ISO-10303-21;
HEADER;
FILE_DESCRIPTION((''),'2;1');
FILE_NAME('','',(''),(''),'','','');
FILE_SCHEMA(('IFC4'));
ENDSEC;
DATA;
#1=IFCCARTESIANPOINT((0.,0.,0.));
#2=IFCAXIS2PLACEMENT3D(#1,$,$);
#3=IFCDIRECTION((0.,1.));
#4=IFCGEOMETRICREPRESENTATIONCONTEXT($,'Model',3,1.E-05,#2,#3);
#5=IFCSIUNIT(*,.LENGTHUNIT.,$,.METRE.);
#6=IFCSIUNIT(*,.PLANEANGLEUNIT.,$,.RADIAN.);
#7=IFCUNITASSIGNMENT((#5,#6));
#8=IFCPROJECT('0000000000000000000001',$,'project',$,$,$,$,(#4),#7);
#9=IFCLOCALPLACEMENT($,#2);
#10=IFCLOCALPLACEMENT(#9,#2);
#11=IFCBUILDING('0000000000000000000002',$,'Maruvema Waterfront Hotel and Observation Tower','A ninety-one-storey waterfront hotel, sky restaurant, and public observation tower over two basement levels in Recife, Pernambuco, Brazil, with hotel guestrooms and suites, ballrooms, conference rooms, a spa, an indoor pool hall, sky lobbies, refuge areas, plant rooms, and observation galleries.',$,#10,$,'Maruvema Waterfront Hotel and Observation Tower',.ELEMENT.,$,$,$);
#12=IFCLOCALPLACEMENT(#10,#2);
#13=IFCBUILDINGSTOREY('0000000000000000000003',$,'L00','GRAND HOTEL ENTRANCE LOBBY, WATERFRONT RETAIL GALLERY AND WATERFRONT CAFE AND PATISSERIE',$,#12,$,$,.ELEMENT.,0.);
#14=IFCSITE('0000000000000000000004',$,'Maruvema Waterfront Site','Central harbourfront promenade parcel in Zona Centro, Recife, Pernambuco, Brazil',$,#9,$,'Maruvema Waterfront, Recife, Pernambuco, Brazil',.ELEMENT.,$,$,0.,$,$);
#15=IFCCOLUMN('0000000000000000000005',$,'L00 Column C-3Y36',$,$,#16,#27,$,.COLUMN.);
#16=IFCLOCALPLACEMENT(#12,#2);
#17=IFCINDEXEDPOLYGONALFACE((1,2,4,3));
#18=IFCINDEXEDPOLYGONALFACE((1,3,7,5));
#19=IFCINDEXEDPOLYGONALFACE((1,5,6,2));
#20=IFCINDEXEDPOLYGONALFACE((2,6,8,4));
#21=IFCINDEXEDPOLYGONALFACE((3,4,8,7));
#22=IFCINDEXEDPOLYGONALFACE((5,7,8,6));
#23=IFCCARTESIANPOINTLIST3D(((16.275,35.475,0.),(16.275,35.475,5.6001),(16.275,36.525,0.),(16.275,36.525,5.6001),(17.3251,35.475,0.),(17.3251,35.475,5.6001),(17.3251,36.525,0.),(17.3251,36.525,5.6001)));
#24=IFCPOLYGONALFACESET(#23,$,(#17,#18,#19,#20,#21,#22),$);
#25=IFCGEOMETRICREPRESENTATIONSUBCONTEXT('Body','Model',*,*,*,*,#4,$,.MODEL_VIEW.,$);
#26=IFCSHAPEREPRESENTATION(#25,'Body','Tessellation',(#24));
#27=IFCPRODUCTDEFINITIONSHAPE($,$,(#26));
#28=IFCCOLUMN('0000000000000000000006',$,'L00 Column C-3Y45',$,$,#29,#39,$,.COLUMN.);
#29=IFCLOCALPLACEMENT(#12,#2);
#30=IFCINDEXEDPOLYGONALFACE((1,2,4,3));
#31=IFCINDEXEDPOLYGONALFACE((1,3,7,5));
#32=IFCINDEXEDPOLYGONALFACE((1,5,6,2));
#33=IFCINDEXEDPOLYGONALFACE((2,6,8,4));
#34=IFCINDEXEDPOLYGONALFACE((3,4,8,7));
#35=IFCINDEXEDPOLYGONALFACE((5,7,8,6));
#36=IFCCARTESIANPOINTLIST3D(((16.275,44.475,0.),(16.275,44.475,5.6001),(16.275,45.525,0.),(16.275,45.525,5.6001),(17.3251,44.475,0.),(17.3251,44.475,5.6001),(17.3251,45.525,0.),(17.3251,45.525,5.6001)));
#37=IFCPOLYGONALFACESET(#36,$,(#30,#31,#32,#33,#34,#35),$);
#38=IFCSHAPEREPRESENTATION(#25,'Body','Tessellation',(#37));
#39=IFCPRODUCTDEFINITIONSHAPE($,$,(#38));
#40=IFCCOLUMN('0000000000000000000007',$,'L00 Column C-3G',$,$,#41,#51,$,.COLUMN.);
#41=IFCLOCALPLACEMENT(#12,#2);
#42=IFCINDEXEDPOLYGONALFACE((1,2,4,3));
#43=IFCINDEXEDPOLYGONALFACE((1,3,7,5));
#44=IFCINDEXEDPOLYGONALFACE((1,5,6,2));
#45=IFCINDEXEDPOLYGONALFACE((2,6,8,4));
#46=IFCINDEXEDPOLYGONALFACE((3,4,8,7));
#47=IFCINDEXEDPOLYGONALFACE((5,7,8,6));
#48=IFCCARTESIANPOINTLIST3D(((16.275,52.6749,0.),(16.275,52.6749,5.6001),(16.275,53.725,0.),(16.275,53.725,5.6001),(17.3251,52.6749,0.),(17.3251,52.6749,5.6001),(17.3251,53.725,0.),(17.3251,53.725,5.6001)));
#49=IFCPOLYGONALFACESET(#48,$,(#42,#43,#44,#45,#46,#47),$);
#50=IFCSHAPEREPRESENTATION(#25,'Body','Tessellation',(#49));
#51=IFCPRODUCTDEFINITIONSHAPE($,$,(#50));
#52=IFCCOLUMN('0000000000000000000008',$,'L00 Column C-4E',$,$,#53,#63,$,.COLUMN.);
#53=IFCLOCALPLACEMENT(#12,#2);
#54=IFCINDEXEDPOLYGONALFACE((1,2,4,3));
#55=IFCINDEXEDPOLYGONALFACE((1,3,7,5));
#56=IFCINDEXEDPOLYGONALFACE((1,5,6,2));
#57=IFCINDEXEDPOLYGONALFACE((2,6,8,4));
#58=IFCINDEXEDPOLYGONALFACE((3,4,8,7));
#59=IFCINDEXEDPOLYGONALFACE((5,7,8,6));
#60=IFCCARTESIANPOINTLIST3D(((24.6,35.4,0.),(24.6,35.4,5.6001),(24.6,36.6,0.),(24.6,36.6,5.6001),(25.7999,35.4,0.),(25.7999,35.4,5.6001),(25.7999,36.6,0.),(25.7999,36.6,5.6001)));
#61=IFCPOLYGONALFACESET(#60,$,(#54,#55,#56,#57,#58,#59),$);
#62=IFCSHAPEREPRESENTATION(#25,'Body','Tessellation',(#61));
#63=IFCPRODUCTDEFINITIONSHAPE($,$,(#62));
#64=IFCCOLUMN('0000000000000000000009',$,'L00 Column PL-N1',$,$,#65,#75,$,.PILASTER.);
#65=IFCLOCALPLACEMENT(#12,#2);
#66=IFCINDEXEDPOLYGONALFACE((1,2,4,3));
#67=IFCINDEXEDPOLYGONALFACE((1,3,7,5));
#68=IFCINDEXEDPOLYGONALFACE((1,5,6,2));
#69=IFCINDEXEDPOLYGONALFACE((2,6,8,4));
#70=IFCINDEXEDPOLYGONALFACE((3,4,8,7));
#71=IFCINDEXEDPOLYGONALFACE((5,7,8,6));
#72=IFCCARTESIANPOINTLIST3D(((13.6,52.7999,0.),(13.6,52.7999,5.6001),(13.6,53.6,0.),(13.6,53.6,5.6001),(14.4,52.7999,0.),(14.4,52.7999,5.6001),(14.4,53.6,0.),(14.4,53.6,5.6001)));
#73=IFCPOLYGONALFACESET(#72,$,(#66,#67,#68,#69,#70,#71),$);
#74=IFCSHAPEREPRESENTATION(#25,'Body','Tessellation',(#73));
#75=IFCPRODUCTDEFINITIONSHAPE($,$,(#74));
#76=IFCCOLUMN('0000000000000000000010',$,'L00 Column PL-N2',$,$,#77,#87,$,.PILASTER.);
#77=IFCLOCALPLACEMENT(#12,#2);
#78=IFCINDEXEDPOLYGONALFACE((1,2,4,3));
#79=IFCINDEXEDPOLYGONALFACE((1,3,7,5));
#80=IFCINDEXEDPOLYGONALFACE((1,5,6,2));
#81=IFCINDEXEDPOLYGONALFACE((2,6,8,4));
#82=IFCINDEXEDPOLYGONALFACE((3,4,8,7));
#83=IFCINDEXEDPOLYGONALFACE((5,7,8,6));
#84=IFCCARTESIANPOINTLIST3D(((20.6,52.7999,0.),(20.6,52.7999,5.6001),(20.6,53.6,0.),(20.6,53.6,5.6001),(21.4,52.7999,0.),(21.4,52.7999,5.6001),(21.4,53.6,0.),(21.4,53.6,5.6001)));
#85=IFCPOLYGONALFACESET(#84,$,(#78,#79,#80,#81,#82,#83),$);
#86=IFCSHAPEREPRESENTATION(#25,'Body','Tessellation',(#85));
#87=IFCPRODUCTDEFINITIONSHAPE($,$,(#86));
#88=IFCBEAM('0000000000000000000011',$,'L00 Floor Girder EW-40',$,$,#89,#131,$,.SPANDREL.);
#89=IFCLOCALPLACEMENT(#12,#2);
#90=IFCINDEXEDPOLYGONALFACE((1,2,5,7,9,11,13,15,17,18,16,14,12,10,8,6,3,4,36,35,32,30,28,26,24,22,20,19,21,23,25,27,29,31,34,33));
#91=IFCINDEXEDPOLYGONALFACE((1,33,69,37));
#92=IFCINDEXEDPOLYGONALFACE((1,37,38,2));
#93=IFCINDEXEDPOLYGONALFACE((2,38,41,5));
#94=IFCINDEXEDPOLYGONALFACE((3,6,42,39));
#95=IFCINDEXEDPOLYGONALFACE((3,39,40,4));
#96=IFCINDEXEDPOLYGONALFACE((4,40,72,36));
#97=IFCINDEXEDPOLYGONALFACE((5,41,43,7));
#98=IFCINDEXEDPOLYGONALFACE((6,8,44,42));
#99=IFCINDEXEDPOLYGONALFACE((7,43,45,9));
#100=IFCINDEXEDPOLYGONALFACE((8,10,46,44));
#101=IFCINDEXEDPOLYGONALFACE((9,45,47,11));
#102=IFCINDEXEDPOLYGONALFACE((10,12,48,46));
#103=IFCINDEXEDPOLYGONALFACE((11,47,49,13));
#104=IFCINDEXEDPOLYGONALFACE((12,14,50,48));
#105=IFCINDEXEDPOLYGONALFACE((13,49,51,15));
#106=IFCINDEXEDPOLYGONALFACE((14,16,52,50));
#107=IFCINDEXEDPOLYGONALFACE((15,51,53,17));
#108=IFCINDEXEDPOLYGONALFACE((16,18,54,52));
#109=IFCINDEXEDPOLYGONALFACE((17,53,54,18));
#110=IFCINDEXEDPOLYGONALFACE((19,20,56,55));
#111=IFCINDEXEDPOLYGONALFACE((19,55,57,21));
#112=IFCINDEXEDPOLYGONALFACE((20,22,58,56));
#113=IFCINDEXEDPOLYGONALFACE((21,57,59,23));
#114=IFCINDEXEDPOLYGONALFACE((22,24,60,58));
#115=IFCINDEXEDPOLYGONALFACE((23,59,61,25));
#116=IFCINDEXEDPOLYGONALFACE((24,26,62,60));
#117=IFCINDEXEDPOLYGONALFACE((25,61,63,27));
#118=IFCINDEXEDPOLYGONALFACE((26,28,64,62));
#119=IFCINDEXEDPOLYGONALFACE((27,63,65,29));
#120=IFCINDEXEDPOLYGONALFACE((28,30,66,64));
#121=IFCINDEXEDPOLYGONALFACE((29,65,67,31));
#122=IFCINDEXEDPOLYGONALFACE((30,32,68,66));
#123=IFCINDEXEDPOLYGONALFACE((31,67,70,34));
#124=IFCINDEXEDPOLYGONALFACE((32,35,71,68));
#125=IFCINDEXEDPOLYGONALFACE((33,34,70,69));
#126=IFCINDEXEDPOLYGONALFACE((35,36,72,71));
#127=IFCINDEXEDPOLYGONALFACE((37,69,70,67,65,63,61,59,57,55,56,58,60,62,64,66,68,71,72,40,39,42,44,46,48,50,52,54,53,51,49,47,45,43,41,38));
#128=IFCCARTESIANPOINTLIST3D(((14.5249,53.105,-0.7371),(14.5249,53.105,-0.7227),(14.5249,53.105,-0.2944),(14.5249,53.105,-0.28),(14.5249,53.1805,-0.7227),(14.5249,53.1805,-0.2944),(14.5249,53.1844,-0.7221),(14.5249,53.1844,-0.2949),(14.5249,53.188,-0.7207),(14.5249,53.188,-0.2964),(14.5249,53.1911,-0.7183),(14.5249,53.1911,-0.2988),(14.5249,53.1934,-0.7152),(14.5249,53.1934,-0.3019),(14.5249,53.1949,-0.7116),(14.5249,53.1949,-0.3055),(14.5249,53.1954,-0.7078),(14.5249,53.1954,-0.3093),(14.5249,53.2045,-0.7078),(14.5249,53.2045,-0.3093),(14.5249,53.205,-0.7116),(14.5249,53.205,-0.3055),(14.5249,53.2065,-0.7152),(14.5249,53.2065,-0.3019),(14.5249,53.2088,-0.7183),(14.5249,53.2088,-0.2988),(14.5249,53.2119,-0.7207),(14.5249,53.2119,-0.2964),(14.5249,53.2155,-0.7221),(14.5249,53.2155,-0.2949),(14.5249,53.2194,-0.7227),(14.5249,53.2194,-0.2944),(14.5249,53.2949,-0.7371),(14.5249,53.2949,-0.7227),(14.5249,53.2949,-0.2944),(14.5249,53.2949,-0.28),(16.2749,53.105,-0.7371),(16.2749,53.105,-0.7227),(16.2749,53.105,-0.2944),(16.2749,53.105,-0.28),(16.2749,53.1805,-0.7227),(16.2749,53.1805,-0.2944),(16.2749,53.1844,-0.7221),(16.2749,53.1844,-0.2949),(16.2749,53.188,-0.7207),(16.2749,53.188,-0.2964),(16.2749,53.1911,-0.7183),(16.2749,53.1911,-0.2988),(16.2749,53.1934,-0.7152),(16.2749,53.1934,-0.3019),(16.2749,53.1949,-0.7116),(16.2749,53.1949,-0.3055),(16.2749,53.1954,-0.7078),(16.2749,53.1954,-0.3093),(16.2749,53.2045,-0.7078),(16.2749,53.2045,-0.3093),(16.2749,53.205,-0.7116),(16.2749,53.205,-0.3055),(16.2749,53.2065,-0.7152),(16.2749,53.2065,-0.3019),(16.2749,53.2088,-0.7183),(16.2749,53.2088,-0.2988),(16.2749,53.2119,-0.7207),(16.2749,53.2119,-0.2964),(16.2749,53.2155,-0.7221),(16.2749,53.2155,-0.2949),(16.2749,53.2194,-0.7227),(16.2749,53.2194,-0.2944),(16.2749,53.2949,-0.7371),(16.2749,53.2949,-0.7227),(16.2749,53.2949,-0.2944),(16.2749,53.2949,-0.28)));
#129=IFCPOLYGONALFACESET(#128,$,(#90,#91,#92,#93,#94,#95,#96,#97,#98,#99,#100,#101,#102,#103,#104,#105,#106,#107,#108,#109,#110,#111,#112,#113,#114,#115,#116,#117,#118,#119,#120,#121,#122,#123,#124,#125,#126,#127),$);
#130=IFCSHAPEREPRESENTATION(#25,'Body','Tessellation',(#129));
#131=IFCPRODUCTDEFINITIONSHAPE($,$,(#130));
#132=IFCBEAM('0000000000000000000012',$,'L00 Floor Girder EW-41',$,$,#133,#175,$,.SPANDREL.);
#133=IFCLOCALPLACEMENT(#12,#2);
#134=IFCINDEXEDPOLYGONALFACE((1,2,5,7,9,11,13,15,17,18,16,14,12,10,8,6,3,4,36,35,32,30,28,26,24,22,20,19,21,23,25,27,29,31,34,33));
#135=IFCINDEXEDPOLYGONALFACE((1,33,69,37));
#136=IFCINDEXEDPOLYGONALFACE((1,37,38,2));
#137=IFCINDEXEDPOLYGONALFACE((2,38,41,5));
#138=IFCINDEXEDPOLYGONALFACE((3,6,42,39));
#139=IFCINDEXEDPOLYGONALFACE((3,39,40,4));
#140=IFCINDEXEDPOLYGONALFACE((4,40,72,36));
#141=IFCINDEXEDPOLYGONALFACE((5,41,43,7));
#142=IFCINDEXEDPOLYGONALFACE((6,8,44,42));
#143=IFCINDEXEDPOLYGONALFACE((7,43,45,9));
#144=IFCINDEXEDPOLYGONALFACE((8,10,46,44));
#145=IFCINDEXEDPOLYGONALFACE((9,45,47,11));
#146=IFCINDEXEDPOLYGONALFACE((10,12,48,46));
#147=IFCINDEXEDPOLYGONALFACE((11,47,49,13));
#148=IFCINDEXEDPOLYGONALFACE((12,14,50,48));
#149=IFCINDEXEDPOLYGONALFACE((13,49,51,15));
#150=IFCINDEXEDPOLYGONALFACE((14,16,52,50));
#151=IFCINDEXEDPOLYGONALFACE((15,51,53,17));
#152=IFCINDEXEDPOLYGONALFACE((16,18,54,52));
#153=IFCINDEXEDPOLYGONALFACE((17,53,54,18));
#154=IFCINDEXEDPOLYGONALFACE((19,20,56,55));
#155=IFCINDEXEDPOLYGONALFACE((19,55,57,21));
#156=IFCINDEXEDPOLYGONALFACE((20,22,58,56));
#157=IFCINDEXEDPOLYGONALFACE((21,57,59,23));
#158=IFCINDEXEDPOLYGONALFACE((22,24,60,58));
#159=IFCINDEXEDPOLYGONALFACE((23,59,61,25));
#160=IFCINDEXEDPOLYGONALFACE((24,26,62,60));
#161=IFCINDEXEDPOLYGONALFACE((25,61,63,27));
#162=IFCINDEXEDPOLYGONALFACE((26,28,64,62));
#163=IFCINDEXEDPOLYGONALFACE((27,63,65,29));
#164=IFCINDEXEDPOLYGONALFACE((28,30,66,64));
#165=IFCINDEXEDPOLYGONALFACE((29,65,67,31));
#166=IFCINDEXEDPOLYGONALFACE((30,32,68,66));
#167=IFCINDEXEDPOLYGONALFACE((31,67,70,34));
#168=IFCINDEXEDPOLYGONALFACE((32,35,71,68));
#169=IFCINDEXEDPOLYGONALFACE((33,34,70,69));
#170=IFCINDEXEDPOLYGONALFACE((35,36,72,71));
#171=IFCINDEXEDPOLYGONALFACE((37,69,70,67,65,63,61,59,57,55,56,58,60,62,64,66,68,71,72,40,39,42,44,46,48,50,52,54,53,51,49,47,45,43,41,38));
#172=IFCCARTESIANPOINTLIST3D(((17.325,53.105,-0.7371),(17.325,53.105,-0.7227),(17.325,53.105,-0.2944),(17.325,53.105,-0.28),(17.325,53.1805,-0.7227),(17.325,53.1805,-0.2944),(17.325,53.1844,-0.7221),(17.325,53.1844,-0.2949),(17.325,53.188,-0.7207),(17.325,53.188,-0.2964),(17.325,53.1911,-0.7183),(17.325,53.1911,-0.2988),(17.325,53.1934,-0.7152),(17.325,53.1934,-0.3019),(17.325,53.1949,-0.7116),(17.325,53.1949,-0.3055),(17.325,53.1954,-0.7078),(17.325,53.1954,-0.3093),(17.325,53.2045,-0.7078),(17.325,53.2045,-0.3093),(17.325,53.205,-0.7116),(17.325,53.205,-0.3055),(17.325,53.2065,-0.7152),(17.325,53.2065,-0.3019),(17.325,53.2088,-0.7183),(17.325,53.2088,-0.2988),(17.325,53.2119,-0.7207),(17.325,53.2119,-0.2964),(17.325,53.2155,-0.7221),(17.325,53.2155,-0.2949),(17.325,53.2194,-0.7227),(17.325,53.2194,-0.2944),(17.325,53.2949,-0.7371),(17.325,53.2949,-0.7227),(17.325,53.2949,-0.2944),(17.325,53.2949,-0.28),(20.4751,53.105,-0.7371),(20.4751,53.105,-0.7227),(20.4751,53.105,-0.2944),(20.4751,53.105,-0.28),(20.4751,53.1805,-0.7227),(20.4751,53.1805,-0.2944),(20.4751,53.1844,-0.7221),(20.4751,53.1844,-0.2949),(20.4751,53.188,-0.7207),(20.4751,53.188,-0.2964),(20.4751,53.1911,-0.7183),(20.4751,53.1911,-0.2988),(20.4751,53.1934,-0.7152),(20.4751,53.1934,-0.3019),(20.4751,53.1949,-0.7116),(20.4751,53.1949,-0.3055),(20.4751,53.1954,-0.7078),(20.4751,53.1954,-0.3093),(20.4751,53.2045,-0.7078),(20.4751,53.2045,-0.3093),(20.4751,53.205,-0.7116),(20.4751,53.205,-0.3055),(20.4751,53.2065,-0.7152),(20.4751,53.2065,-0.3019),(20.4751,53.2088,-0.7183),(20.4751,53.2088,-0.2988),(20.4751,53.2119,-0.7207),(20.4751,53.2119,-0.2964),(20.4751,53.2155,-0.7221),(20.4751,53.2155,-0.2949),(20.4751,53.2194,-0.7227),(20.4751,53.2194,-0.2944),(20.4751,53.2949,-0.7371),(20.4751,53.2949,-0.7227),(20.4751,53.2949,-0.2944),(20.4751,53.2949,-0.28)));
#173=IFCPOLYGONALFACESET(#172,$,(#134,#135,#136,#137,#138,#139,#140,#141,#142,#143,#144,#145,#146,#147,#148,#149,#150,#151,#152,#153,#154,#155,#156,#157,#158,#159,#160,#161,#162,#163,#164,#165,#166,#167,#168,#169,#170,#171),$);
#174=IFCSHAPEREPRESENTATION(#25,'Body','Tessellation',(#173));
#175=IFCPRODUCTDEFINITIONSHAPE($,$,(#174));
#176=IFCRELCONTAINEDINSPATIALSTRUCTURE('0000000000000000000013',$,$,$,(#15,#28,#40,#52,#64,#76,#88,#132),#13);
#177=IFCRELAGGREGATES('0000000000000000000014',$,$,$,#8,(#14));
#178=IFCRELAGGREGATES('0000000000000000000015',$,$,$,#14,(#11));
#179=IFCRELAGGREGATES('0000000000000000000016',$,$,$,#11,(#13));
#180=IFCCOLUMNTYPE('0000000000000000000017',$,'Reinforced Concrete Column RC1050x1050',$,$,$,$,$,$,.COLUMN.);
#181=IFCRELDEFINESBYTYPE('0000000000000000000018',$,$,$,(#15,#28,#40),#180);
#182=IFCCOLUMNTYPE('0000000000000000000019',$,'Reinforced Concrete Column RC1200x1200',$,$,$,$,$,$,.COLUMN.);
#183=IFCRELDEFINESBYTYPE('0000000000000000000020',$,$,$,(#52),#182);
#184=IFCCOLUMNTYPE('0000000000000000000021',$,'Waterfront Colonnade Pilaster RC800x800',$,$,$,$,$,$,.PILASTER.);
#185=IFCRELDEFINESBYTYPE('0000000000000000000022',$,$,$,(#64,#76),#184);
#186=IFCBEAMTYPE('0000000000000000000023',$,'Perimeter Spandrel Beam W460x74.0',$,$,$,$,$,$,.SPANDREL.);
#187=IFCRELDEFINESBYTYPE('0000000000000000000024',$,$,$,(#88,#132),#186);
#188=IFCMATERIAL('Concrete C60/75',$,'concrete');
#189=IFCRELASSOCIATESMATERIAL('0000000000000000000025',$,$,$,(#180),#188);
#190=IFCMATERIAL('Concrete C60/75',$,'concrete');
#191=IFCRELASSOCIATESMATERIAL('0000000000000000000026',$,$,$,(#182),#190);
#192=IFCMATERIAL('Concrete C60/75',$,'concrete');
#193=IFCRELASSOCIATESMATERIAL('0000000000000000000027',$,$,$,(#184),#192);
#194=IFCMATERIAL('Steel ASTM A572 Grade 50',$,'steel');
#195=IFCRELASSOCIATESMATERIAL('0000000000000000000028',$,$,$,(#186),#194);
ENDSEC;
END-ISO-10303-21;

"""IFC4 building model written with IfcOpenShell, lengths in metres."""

from ifc_helpers import new_model, si_unit, direction, frame, origin, origin_2d, place, context, subcontext, project, spatial, rectangle, i_section, extrude, material, material_profile, profile_set, type_object, element, save


model = new_model("IFC4")

# Units and contexts
model_context = context("Model", 3, precision=1e-05, world=origin(), true_north=direction((0.0, 1.0)))
body_context = subcontext(model_context, "Body", "Model", "MODEL_VIEW")
ifc_project = project(units=[si_unit("LENGTHUNIT", "METRE"), si_unit("PLANEANGLEUNIT", "RADIAN")], contexts=[model_context])

# Site, building, storey
site_placement = place(None, origin())
site = spatial("IfcSite", under=ifc_project, at=site_placement, Name="Maruvema Waterfront Site", Description="Central harbourfront promenade parcel in Zona Centro, Recife, Pernambuco, Brazil", LongName="Maruvema Waterfront, Recife, Pernambuco, Brazil", CompositionType="ELEMENT", RefElevation=0.0)
building_placement = place(site_placement, origin())
building = spatial("IfcBuilding", under=site, at=building_placement, Name="Maruvema Waterfront Hotel and Observation Tower", Description="A ninety-one-storey waterfront hotel, sky restaurant, and public observation tower over two basement levels in Recife, Pernambuco, Brazil, with hotel guestrooms and suites, ballrooms, conference rooms, a spa, an indoor pool hall, sky lobbies, refuge areas, plant rooms, and observation galleries.", LongName="Maruvema Waterfront Hotel and Observation Tower", CompositionType="ELEMENT")
storey_placement = place(building_placement, origin())
storey = spatial("IfcBuildingStorey", under=building, at=storey_placement, Name="L00", Description="GRAND HOTEL ENTRANCE LOBBY, WATERFRONT RETAIL GALLERY AND WATERFRONT CAFE AND PATISSERIE", CompositionType="ELEMENT", Elevation=0.0)

# Columns
ifc_material_1 = material(Name="Concrete C60/75", Category="concrete")
ifc_material_profile_1 = material_profile(ifc_material_1, rectangle(XDim=1.05, YDim=1.05, at=origin_2d()), Name="RC1050x1050")
ifc_profile_set_1 = profile_set([ifc_material_profile_1], Name="Concrete C60/75")
column_type_1 = type_object("IfcColumnType", Name="Reinforced Concrete Column RC1050x1050", PredefinedType="COLUMN", material=ifc_profile_set_1)
for number, where, z_axis, x_axis, name in (
    (1, (16.8, 36.0, 0.0), (0.0, 0.0, 1.0), (1.0, 0.0, 0.0), "L00 Column C-3Y36"),
    (2, (16.8, 45.0, 0.0), (0.0, 0.0, 1.0), (1.0, 0.0, 0.0), "L00 Column C-3Y45"),
    (3, (16.8, 53.2, 0.0), (0.0, 0.0, 1.0), (1.0, 0.0, 0.0), "L00 Column C-3G"),
):
    element("IfcColumn", number, at=place(storey_placement, frame(where, z_axis=z_axis, x_axis=x_axis)), inside=storey, type_object=column_type_1, Name=name, PredefinedType="COLUMN", context=body_context, shape_type="SweptSolid", body=[
        extrude(rectangle(XDim=1.05, YDim=1.05, at=origin_2d()), origin(), (0.0, 0.0, 1.0), 5.6001),
    ])
ifc_material_2 = material(Name="Concrete C60/75", Category="concrete")
ifc_material_profile_2 = material_profile(ifc_material_2, rectangle(XDim=1.2, YDim=1.2, at=origin_2d()), Name="RC1200x1200")
ifc_profile_set_2 = profile_set([ifc_material_profile_2], Name="Concrete C60/75")
column_type_2 = type_object("IfcColumnType", Name="Reinforced Concrete Column RC1200x1200", PredefinedType="COLUMN", material=ifc_profile_set_2)
column_placement = place(storey_placement, frame((25.2, 36.0, 0.0), z_axis=(0.0, 0.0, 1.0), x_axis=(1.0, 0.0, 0.0)))
element("IfcColumn", 4, at=column_placement, inside=storey, type_object=column_type_2, Name="L00 Column C-4E", PredefinedType="COLUMN", context=body_context, shape_type="SweptSolid", body=[
    extrude(rectangle(XDim=1.2, YDim=1.2, at=origin_2d()), origin(), (0.0, 0.0, 1.0), 5.6001),
])
ifc_material_3 = material(Name="Concrete C60/75", Category="concrete")
ifc_material_profile_3 = material_profile(ifc_material_3, rectangle(XDim=0.8, YDim=0.8, at=origin_2d()), Name="RC800x800")
ifc_profile_set_3 = profile_set([ifc_material_profile_3], Name="Concrete C60/75")
column_type_3 = type_object("IfcColumnType", Name="Waterfront Colonnade Pilaster RC800x800", PredefinedType="PILASTER", material=ifc_profile_set_3)
for number, where, z_axis, x_axis, name in (
    (5, (14.0, 53.2, 0.0), (0.0, 0.0, 1.0), (1.0, 0.0, 0.0), "L00 Column PL-N1"),
    (6, (21.0, 53.2, 0.0), (0.0, 0.0, 1.0), (1.0, 0.0, 0.0), "L00 Column PL-N2"),
):
    element("IfcColumn", number, at=place(storey_placement, frame(where, z_axis=z_axis, x_axis=x_axis)), inside=storey, type_object=column_type_3, Name=name, PredefinedType="PILASTER", context=body_context, shape_type="SweptSolid", body=[
        extrude(rectangle(XDim=0.8, YDim=0.8, at=origin_2d()), origin(), (0.0, 0.0, 1.0), 5.6001),
    ])

# Beams
ifc_material_4 = material(Name="Steel ASTM A572 Grade 50", Category="steel")
ifc_material_profile_4 = material_profile(ifc_material_4, i_section(OverallWidth=0.1899, OverallDepth=0.457, WebThickness=0.009, FlangeThickness=0.0144, FilletRadius=0.0149, at=origin_2d()), Name="W460x74.0")
ifc_profile_set_4 = profile_set([ifc_material_profile_4], Name="Steel ASTM A572 Grade 50")
beam_type_1 = type_object("IfcBeamType", Name="Perimeter Spandrel Beam W460x74.0", PredefinedType="SPANDREL", material=ifc_profile_set_4)
beam_1_placement = place(storey_placement, frame((14.5249, 53.2, -0.5085), z_axis=(1.0, 0.0, 0.0), x_axis=(0.0, 1.0, 0.0)))
element("IfcBeam", 7, at=beam_1_placement, inside=storey, type_object=beam_type_1, Name="L00 Floor Girder EW-40", PredefinedType="SPANDREL", context=body_context, shape_type="SweptSolid", body=[
    extrude(i_section(OverallWidth=0.1899, OverallDepth=0.457, WebThickness=0.009, FlangeThickness=0.0144, FilletRadius=0.0149, at=origin_2d()), origin(), (0.0, 0.0, 1.0), 1.75),
])
beam_2_placement = place(storey_placement, frame((17.325, 53.2, -0.5085), z_axis=(1.0, 0.0, 0.0), x_axis=(0.0, 1.0, 0.0)))
element("IfcBeam", 8, at=beam_2_placement, inside=storey, type_object=beam_type_1, Name="L00 Floor Girder EW-41", PredefinedType="SPANDREL", context=body_context, shape_type="SweptSolid", body=[
    extrude(i_section(OverallWidth=0.1899, OverallDepth=0.457, WebThickness=0.009, FlangeThickness=0.0144, FilletRadius=0.0149, at=origin_2d()), origin(), (0.0, 0.0, 1.0), 3.1501),
])

save(model, "model.ifc")
